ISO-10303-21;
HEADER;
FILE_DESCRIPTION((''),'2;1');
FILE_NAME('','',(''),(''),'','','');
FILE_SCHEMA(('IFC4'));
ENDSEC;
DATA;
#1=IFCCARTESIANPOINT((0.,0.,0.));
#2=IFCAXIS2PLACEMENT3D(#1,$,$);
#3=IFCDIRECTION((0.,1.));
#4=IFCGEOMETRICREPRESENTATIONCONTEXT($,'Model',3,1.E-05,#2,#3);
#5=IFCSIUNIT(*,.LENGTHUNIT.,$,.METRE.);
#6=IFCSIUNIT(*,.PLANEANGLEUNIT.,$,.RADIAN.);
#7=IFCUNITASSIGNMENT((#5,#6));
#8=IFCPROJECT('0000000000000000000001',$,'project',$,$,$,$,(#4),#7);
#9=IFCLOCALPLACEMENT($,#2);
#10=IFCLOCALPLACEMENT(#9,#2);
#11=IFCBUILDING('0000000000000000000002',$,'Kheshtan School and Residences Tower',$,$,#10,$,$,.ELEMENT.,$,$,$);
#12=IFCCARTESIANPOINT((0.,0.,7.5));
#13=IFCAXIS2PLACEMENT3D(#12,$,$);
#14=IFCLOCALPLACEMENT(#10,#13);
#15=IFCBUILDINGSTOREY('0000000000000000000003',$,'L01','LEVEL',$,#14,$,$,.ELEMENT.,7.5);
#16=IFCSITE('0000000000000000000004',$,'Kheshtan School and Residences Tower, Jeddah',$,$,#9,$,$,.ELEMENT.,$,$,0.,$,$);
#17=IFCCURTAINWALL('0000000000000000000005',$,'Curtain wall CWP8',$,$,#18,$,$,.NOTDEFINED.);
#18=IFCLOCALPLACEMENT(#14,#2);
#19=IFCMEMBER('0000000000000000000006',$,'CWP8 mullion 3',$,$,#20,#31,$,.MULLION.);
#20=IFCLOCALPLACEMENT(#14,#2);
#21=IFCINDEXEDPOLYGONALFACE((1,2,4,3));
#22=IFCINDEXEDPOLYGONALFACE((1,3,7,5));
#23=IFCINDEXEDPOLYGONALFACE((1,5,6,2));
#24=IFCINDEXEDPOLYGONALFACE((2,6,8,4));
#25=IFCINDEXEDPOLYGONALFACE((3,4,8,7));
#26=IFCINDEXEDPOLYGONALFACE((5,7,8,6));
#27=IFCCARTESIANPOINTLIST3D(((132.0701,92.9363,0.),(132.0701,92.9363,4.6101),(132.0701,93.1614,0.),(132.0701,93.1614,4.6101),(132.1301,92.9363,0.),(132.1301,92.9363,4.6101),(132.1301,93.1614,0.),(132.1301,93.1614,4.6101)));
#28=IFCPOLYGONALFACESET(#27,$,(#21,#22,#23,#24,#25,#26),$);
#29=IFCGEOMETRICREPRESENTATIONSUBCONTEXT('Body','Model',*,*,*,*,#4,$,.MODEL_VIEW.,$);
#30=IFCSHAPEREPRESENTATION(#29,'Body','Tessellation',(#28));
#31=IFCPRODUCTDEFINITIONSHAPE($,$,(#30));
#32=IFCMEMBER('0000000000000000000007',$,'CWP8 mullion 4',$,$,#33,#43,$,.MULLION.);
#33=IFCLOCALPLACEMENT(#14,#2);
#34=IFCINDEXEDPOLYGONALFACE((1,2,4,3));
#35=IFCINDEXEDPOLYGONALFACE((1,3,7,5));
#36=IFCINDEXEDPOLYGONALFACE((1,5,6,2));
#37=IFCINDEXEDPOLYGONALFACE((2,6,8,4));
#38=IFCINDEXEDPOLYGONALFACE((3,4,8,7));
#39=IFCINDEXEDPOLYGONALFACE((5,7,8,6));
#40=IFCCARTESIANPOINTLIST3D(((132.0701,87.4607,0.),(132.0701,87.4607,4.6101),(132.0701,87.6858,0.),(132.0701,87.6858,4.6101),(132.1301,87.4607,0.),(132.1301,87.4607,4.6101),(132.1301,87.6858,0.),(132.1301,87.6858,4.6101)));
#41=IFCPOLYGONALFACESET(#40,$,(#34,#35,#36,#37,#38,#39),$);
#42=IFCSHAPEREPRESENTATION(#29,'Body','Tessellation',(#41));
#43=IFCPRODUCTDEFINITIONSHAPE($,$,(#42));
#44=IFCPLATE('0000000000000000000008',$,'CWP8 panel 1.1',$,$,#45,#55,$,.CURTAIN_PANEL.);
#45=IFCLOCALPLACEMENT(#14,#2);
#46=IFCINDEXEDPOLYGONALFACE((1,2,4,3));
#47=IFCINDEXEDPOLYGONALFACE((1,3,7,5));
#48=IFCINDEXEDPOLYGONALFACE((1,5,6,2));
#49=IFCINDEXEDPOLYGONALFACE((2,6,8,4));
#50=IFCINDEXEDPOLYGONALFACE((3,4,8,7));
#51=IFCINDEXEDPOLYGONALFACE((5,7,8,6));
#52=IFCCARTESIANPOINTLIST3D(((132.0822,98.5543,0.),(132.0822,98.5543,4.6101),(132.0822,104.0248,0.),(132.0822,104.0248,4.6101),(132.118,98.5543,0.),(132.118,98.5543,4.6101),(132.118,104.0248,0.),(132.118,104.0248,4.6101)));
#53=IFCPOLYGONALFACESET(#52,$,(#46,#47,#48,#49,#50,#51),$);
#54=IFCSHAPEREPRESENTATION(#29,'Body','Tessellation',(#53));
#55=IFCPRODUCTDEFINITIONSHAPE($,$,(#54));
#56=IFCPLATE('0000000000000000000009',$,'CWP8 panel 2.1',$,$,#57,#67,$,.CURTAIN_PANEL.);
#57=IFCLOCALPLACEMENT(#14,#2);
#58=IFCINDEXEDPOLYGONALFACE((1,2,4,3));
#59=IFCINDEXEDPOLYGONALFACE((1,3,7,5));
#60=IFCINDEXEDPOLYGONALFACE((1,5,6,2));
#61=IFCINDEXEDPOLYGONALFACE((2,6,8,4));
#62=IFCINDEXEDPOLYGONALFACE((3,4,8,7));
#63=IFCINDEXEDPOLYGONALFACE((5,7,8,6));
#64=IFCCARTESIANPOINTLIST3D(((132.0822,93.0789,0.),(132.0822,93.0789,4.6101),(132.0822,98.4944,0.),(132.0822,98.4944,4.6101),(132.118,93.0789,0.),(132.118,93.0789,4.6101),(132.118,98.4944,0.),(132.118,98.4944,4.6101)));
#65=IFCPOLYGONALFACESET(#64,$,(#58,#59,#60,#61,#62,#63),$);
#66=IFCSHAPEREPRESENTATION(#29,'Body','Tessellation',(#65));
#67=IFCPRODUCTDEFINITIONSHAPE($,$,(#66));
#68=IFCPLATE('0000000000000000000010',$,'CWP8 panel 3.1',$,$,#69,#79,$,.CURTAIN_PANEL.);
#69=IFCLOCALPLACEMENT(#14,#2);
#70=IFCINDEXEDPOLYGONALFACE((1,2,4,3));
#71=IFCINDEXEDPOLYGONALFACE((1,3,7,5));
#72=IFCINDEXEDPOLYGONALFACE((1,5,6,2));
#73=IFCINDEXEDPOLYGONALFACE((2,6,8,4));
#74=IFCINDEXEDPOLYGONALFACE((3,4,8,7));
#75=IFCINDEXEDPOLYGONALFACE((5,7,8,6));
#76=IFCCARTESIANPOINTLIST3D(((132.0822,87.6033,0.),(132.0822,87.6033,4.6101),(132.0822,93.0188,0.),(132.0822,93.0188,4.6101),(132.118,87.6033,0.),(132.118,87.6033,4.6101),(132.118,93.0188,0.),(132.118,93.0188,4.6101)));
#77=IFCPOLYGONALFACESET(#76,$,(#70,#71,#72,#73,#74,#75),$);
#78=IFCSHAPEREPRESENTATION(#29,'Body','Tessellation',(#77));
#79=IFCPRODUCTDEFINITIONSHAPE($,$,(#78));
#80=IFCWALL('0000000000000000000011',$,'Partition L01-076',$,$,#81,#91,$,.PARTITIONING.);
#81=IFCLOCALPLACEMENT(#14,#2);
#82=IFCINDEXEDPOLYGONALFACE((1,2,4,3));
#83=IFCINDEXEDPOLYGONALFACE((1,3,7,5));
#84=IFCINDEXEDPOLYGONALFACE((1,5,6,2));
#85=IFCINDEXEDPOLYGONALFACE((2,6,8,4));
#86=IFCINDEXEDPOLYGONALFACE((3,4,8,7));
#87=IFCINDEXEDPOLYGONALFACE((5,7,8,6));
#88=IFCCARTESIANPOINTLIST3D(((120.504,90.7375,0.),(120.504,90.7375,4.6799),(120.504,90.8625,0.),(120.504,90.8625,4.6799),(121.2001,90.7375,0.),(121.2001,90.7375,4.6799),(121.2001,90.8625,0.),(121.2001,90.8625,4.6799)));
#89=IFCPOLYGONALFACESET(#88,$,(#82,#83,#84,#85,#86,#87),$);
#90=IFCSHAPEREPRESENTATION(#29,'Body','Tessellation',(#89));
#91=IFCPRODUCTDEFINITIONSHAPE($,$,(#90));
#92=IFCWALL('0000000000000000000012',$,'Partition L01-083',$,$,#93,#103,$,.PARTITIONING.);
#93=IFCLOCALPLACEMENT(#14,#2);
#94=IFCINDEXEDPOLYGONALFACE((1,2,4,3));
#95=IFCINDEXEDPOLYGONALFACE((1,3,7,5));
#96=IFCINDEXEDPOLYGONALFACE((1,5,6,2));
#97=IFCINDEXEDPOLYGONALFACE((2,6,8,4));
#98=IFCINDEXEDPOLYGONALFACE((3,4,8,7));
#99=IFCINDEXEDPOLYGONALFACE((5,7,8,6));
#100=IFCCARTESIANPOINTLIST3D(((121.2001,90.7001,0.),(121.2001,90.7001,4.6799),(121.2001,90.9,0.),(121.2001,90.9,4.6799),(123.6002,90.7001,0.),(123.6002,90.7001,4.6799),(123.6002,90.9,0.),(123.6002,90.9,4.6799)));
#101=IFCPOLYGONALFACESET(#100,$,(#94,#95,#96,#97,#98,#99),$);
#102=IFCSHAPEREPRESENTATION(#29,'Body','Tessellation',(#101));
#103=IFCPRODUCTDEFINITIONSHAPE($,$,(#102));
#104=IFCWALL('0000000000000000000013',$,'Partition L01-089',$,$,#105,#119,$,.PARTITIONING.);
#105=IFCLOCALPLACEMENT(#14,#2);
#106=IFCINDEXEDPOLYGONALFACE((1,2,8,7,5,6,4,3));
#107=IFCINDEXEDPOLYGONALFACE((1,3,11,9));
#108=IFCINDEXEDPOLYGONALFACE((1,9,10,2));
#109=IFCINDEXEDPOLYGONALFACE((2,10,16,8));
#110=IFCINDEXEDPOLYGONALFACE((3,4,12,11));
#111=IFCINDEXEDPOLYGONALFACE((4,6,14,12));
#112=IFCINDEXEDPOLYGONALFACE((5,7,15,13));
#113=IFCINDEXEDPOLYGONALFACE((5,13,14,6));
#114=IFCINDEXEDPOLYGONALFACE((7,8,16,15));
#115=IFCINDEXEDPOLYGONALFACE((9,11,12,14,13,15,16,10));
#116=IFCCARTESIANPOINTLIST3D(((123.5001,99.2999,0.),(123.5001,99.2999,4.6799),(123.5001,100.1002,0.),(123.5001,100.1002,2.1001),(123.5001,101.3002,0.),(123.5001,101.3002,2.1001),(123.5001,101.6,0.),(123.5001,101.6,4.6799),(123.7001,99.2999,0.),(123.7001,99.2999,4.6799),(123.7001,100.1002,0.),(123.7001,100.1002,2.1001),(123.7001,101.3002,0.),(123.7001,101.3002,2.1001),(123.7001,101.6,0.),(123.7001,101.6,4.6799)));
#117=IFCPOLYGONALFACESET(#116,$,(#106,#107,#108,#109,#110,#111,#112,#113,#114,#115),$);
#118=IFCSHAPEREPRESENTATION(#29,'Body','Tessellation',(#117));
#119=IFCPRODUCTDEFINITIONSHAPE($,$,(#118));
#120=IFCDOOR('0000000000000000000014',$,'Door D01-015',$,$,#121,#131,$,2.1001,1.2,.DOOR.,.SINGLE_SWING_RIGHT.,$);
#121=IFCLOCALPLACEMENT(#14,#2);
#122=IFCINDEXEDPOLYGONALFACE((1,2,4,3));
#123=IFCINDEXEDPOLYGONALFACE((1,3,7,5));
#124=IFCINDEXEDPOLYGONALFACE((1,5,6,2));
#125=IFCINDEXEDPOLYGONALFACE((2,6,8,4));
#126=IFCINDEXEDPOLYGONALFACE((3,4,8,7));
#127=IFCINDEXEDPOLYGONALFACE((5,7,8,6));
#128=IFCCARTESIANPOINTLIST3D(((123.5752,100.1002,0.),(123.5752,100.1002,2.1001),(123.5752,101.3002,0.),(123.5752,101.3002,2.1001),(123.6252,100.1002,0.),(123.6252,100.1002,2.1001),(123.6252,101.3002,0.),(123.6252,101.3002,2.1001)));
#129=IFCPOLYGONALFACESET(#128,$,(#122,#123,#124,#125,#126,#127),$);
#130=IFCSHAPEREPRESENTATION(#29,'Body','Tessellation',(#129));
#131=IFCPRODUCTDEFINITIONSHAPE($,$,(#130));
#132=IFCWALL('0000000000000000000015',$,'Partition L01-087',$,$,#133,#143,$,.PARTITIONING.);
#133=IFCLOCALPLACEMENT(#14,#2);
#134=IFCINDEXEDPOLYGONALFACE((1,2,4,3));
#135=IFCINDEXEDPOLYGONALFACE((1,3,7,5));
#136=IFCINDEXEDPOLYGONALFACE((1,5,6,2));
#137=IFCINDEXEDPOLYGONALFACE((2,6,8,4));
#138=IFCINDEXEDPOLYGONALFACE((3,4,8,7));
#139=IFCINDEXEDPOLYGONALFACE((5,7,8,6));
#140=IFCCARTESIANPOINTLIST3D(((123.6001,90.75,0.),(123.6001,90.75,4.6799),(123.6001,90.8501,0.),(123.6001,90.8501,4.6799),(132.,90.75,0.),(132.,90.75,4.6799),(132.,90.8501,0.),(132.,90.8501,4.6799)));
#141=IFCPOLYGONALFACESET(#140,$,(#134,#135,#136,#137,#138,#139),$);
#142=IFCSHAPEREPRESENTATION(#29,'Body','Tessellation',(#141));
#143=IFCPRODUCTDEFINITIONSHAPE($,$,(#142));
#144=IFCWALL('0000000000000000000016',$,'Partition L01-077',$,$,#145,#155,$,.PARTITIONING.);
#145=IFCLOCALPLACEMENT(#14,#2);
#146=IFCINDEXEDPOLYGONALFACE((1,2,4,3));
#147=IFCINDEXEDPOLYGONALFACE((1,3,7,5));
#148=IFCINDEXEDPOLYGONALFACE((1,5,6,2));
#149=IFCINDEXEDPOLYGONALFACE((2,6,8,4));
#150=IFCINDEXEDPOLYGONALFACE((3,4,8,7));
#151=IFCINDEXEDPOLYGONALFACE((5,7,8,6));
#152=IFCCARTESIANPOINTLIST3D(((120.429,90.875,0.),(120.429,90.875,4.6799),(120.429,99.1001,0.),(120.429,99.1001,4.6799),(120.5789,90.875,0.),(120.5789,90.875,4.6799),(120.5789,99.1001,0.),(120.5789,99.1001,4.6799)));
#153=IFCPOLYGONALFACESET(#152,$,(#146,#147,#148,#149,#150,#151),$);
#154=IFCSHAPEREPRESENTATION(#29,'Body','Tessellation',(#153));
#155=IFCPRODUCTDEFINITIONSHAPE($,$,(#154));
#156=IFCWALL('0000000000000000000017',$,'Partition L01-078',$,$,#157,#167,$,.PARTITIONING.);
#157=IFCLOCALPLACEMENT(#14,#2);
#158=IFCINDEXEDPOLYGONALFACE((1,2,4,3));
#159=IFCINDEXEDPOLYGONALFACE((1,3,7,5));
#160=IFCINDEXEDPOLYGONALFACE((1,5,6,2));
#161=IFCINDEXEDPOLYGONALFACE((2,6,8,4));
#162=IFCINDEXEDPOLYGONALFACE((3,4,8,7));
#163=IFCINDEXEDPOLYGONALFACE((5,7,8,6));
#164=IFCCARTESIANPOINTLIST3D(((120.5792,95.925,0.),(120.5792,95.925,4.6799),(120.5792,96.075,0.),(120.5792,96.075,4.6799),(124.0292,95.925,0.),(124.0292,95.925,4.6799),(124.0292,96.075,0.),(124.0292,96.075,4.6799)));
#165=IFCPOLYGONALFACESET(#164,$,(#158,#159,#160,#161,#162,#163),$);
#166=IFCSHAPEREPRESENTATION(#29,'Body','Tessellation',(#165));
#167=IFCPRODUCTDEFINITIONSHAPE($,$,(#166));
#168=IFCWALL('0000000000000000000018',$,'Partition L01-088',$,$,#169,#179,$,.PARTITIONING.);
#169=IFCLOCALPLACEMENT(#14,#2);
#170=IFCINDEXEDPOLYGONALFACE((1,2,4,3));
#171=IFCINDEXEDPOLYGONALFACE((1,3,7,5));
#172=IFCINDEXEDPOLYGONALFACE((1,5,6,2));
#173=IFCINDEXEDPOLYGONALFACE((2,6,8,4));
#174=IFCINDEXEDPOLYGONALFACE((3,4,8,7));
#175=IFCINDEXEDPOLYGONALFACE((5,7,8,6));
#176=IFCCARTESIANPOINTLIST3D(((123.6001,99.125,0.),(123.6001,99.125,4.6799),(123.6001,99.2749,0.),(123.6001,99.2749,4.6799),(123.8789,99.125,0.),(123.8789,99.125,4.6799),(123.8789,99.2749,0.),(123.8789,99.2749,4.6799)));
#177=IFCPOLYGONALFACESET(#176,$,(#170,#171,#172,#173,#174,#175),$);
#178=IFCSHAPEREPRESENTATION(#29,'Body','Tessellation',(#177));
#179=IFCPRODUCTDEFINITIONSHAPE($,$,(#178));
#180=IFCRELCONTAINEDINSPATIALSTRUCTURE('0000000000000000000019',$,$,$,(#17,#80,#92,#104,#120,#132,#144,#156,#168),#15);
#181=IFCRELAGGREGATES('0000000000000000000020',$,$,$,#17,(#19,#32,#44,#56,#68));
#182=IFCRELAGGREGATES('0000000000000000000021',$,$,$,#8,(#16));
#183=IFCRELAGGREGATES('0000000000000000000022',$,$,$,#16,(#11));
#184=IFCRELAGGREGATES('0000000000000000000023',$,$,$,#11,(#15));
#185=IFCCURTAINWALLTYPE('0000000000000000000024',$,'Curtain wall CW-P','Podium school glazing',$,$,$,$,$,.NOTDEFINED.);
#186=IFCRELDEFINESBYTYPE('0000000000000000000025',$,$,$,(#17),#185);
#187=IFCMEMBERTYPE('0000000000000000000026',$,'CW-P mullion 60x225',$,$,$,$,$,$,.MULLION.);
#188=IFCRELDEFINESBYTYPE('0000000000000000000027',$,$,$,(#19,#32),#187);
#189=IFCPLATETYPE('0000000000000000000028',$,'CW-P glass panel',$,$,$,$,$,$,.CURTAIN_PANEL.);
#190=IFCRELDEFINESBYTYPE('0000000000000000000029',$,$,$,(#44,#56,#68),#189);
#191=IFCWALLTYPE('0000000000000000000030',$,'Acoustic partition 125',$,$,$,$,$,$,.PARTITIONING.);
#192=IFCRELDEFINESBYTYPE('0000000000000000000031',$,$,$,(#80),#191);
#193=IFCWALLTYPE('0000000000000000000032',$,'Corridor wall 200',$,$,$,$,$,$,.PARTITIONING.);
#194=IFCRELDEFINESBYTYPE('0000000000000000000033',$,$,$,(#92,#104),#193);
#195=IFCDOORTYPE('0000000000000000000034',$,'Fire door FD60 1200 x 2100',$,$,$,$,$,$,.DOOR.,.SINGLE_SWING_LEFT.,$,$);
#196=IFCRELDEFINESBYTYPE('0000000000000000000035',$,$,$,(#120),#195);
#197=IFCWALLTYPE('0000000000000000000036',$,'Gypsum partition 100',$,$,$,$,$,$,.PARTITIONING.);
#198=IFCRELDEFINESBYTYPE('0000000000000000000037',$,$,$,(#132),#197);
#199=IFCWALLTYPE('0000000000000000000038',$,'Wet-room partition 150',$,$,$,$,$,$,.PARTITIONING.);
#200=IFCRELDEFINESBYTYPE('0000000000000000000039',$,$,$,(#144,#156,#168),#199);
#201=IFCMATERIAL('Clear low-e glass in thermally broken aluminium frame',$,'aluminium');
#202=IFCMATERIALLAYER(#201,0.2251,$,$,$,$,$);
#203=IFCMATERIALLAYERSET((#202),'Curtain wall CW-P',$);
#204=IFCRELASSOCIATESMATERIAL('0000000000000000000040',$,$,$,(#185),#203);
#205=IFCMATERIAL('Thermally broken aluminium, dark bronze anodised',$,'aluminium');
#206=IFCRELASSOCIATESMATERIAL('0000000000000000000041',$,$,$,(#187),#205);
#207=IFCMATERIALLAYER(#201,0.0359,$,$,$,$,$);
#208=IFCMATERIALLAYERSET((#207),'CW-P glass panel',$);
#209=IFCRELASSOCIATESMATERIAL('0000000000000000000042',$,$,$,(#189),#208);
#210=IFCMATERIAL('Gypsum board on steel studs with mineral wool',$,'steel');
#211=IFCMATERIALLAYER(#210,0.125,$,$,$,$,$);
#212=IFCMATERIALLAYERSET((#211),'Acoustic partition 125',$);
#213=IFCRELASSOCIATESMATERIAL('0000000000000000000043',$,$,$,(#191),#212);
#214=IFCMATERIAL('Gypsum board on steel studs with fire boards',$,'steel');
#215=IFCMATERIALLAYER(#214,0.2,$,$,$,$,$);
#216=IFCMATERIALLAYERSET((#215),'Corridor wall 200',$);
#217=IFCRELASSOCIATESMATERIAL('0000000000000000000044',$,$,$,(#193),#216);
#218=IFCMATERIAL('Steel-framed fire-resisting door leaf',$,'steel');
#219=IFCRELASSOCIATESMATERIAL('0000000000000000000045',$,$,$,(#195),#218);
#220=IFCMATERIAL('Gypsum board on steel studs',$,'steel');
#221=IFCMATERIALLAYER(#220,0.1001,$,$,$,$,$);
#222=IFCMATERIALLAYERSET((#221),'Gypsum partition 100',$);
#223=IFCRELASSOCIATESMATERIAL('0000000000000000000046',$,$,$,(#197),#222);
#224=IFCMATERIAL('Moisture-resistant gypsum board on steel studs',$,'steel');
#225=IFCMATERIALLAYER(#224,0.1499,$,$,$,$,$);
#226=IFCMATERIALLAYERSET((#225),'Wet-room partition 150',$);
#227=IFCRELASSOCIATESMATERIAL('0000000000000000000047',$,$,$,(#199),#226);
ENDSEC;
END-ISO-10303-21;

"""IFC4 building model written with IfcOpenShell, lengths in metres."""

from ifc_helpers import new_model, si_unit, direction, frame, frame_2d, origin, origin_2d, place, context, subcontext, project, spatial, rectangle, extrude, source, transform, mapped, material, layer, layer_set, material_profile, profile_set, type_object, element, fill, aggregate, save


model = new_model("IFC4")

# Units and contexts
model_context = context("Model", 3, precision=1e-05, world=origin(), true_north=direction((0.0, 1.0)))
body_context = subcontext(model_context, "Body", "Model", "MODEL_VIEW")
ifc_project = project(units=[si_unit("LENGTHUNIT", "METRE"), si_unit("PLANEANGLEUNIT", "RADIAN")], contexts=[model_context])

# Site, building, storey
site_placement = place(None, origin())
site = spatial("IfcSite", under=ifc_project, at=site_placement, Name="Kheshtan School and Residences Tower, Jeddah", CompositionType="ELEMENT", RefElevation=0.0)
building_placement = place(site_placement, origin())
building = spatial("IfcBuilding", under=site, at=building_placement, Name="Kheshtan School and Residences Tower", CompositionType="ELEMENT")
storey_placement = place(building_placement, frame((0.0, 0.0, 7.5)))
storey = spatial("IfcBuildingStorey", under=building, at=storey_placement, Name="L01", Description="LEVEL", CompositionType="ELEMENT", Elevation=7.5)

# Curtain wall, members, plates
ifc_material_1 = material(Name="Clear low-e glass in thermally broken aluminium frame", Category="aluminium")
ifc_layer_1 = layer(ifc_material_1, 0.2251)
ifc_layer_set_1 = layer_set([ifc_layer_1], Name="Curtain wall CW-P")
curtain_wall_type = type_object("IfcCurtainWallType", Name="Curtain wall CW-P", Description="Podium school glazing", PredefinedType="NOTDEFINED", material=ifc_layer_set_1)
curtain_wall_placement = place(storey_placement, origin())
curtain_wall = element("IfcCurtainWall", 1, at=curtain_wall_placement, inside=storey, type_object=curtain_wall_type, Name="Curtain wall CWP8", PredefinedType="NOTDEFINED")
ifc_material_2 = material(Name="Thermally broken aluminium, dark bronze anodised", Category="aluminium")
ifc_material_profile_1 = material_profile(ifc_material_2, rectangle(XDim=0.0601, YDim=0.2251, at=origin_2d()), Name="CW-P mullion 60x225")
ifc_profile_set_1 = profile_set([ifc_material_profile_1], Name="Thermally broken aluminium, dark bronze anodised")
member_type = type_object("IfcMemberType", Name="CW-P mullion 60x225", PredefinedType="MULLION", material=ifc_profile_set_1)
member_1_placement = place(storey_placement, frame((132.1001, 93.0488, 0.0), z_axis=(0.0, 0.0, 1.0), x_axis=(1.0, 0.0, 0.0)))
member_1 = element("IfcMember", 2, at=member_1_placement, type_object=member_type, Name="CWP8 mullion 3", PredefinedType="MULLION", context=body_context, shape_type="SweptSolid", body=[
    extrude(rectangle(XDim=0.0601, YDim=0.2251, at=origin_2d()), origin(), (0.0, 0.0, 1.0), 4.6101),
])
member_2_placement = place(storey_placement, frame((132.1001, 87.5732, 0.0), z_axis=(0.0, 0.0, 1.0), x_axis=(1.0, 0.0, 0.0)))
member_2 = element("IfcMember", 3, at=member_2_placement, type_object=member_type, Name="CWP8 mullion 4", PredefinedType="MULLION", context=body_context, shape_type="SweptSolid", body=[
    extrude(rectangle(XDim=0.0601, YDim=0.2251, at=origin_2d()), origin(), (0.0, 0.0, 1.0), 4.6101),
])
ifc_layer_2 = layer(ifc_material_1, 0.0359)
ifc_layer_set_2 = layer_set([ifc_layer_2], Name="CW-P glass panel")
plate_type = type_object("IfcPlateType", Name="CW-P glass panel", PredefinedType="CURTAIN_PANEL", material=ifc_layer_set_2)
plate_1_placement = place(storey_placement, frame((132.1001, 101.2896, 0.0), z_axis=(0.0, 0.0, 1.0), x_axis=(0.0, -1.0, 0.0)))
plate_1 = element("IfcPlate", 4, at=plate_1_placement, type_object=plate_type, Name="CWP8 panel 1.1", PredefinedType="CURTAIN_PANEL", context=body_context, shape_type="SweptSolid", body=[
    extrude(rectangle(XDim=5.4705, YDim=0.0359, at=origin_2d()), origin(), (0.0, 0.0, 1.0), 4.6101),
])
plate_2_placement = place(storey_placement, frame((132.1001, 95.7866, 0.0), z_axis=(0.0, 0.0, 1.0), x_axis=(0.0, -1.0, 0.0)))
plate_2 = element("IfcPlate", 5, at=plate_2_placement, type_object=plate_type, Name="CWP8 panel 2.1", PredefinedType="CURTAIN_PANEL", context=body_context, shape_type="SweptSolid", body=[
    extrude(rectangle(XDim=5.4155, YDim=0.0359, at=origin_2d()), origin(), (0.0, 0.0, 1.0), 4.6101),
])
plate_3_placement = place(storey_placement, frame((132.1001, 90.311, 0.0), z_axis=(0.0, 0.0, 1.0), x_axis=(0.0, -1.0, 0.0)))
plate_3 = element("IfcPlate", 6, at=plate_3_placement, type_object=plate_type, Name="CWP8 panel 3.1", PredefinedType="CURTAIN_PANEL", context=body_context, shape_type="SweptSolid", body=[
    extrude(rectangle(XDim=5.4155, YDim=0.0359, at=origin_2d()), origin(), (0.0, 0.0, 1.0), 4.6101),
])
aggregate(curtain_wall, [member_1, member_2, plate_1, plate_2, plate_3])

# Walls
ifc_material_3 = material(Name="Gypsum board on steel studs with mineral wool", Category="steel")
ifc_layer_3 = layer(ifc_material_3, 0.125)
ifc_layer_set_3 = layer_set([ifc_layer_3], Name="Acoustic partition 125")
wall_type_1 = type_object("IfcWallType", Name="Acoustic partition 125", PredefinedType="PARTITIONING", material=ifc_layer_set_3)
wall_1_placement = place(storey_placement, frame((120.5039, 90.8, 0.0), z_axis=(0.0, 0.0, 1.0), x_axis=(1.0, 0.0, 0.0)))
element("IfcWall", 7, at=wall_1_placement, inside=storey, type_object=wall_type_1, Name="Partition L01-076", PredefinedType="PARTITIONING", context=body_context, shape_type="SweptSolid", body=[
    extrude(rectangle(XDim=0.696, YDim=0.125, at=frame_2d((0.3481, 0.0))), origin(), (0.0, 0.0, 1.0), 4.6799),
])
ifc_material_4 = material(Name="Gypsum board on steel studs with fire boards", Category="steel")
ifc_layer_4 = layer(ifc_material_4, 0.2)
ifc_layer_set_4 = layer_set([ifc_layer_4], Name="Corridor wall 200")
wall_type_2 = type_object("IfcWallType", Name="Corridor wall 200", PredefinedType="PARTITIONING", material=ifc_layer_set_4)
wall_2_placement = place(storey_placement, frame((121.2, 90.8, 0.0), z_axis=(0.0, 0.0, 1.0), x_axis=(1.0, 0.0, 0.0)))
element("IfcWall", 8, at=wall_2_placement, inside=storey, type_object=wall_type_2, Name="Partition L01-083", PredefinedType="PARTITIONING", context=body_context, shape_type="SweptSolid", body=[
    extrude(rectangle(XDim=2.4001, YDim=0.2, at=frame_2d((1.2002, 0.0))), origin(), (0.0, 0.0, 1.0), 4.6799),
])

# Wall, opening, door
wall_3_placement = place(storey_placement, frame((123.6001, 99.3, 0.0), z_axis=(0.0, 0.0, 1.0), x_axis=(0.0, 1.0, 0.0)))
wall_3 = element("IfcWall", 9, at=wall_3_placement, inside=storey, type_object=wall_type_2, Name="Partition L01-089", PredefinedType="PARTITIONING", context=body_context, shape_type="SweptSolid", body=[
    extrude(rectangle(XDim=2.3, YDim=0.2, at=frame_2d((1.1499, 0.0))), origin(), (0.0, 0.0, 1.0), 4.6799),
])
opening_placement = place(wall_3_placement, frame((0.8, 0.0, 0.0)))
opening = element("IfcOpeningElement", 10, at=opening_placement, cuts=wall_3, PredefinedType="OPENING", context=body_context, shape_type="SweptSolid", body=[
    extrude(rectangle(XDim=1.2, YDim=2.1001, at=frame_2d((0.6001, 1.05))), frame((0.0, 0.1099, 0.0), z_axis=(0.0, -1.0, 0.0), x_axis=(1.0, 0.0, 0.0)), (0.0, 0.0, 1.0), 0.22),
])
ifc_material_5 = material(Name="Steel-framed fire-resisting door leaf", Category="steel")
door_type = type_object("IfcDoorType", Name="Fire door FD60 1200 x 2100", OperationType="SINGLE_SWING_LEFT", PredefinedType="DOOR", material=ifc_material_5)
shared_shape = source(origin(), body_context, "Body", "SweptSolid", [
    extrude(rectangle(XDim=1.2, YDim=2.1001, at=frame_2d((0.6001, 1.05))), frame((0.0, 0.0249, 0.0), z_axis=(0.0, -1.0, 0.0), x_axis=(1.0, 0.0, 0.0)), (0.0, 0.0, 1.0), 0.05),
])
door_placement = place(opening_placement, origin())
door = element("IfcDoor", 11, at=door_placement, inside=storey, type_object=door_type, Name="Door D01-015", OperationType="SINGLE_SWING_RIGHT", OverallHeight=2.1001, OverallWidth=1.2, PredefinedType="DOOR", context=body_context, shape_type="MappedRepresentation", body=[
    mapped(shared_shape, transform((0.0, 0.0, 0.0), x_axis=(1.0, 0.0, 0.0), y_axis=(0.0, 1.0, 0.0), z_axis=(0.0, 0.0, 1.0), scale=1.0)),
])
fill(opening, door)

# Walls
ifc_material_6 = material(Name="Gypsum board on steel studs", Category="steel")
ifc_layer_5 = layer(ifc_material_6, 0.1001)
ifc_layer_set_5 = layer_set([ifc_layer_5], Name="Gypsum partition 100")
wall_type_3 = type_object("IfcWallType", Name="Gypsum partition 100", PredefinedType="PARTITIONING", material=ifc_layer_set_5)
wall_4_placement = place(storey_placement, frame((123.6001, 90.8, 0.0), z_axis=(0.0, 0.0, 1.0), x_axis=(1.0, 0.0, 0.0)))
element("IfcWall", 12, at=wall_4_placement, inside=storey, type_object=wall_type_3, Name="Partition L01-087", PredefinedType="PARTITIONING", context=body_context, shape_type="SweptSolid", body=[
    extrude(rectangle(XDim=8.3999, YDim=0.1001, at=frame_2d((4.2, 0.0))), origin(), (0.0, 0.0, 1.0), 4.6799),
])
ifc_material_7 = material(Name="Moisture-resistant gypsum board on steel studs", Category="steel")
ifc_layer_6 = layer(ifc_material_7, 0.1499)
ifc_layer_set_6 = layer_set([ifc_layer_6], Name="Wet-room partition 150")
wall_type_4 = type_object("IfcWallType", Name="Wet-room partition 150", PredefinedType="PARTITIONING", material=ifc_layer_set_6)
wall_5_placement = place(storey_placement, frame((120.5039, 90.875, 0.0), z_axis=(0.0, 0.0, 1.0), x_axis=(0.0, 1.0, 0.0)))
element("IfcWall", 13, at=wall_5_placement, inside=storey, type_object=wall_type_4, Name="Partition L01-077", PredefinedType="PARTITIONING", context=body_context, shape_type="SweptSolid", body=[
    extrude(rectangle(XDim=8.2251, YDim=0.1499, at=frame_2d((4.1125, 0.0))), origin(), (0.0, 0.0, 1.0), 4.6799),
])
wall_6_placement = place(storey_placement, frame((120.5791, 96.0, 0.0), z_axis=(0.0, 0.0, 1.0), x_axis=(1.0, 0.0, 0.0)))
element("IfcWall", 14, at=wall_6_placement, inside=storey, type_object=wall_type_4, Name="Partition L01-078", PredefinedType="PARTITIONING", context=body_context, shape_type="SweptSolid", body=[
    extrude(rectangle(XDim=3.45, YDim=0.1499, at=frame_2d((1.7251, 0.0))), origin(), (0.0, 0.0, 1.0), 4.6799),
])
wall_7_placement = place(storey_placement, frame((123.6001, 99.2, 0.0), z_axis=(0.0, 0.0, 1.0), x_axis=(1.0, 0.0, 0.0)))
element("IfcWall", 15, at=wall_7_placement, inside=storey, type_object=wall_type_4, Name="Partition L01-088", PredefinedType="PARTITIONING", context=body_context, shape_type="SweptSolid", body=[
    extrude(rectangle(XDim=0.2788, YDim=0.1499, at=frame_2d((0.1394, 0.0))), origin(), (0.0, 0.0, 1.0), 4.6799),
])

save(model, "model.ifc")
